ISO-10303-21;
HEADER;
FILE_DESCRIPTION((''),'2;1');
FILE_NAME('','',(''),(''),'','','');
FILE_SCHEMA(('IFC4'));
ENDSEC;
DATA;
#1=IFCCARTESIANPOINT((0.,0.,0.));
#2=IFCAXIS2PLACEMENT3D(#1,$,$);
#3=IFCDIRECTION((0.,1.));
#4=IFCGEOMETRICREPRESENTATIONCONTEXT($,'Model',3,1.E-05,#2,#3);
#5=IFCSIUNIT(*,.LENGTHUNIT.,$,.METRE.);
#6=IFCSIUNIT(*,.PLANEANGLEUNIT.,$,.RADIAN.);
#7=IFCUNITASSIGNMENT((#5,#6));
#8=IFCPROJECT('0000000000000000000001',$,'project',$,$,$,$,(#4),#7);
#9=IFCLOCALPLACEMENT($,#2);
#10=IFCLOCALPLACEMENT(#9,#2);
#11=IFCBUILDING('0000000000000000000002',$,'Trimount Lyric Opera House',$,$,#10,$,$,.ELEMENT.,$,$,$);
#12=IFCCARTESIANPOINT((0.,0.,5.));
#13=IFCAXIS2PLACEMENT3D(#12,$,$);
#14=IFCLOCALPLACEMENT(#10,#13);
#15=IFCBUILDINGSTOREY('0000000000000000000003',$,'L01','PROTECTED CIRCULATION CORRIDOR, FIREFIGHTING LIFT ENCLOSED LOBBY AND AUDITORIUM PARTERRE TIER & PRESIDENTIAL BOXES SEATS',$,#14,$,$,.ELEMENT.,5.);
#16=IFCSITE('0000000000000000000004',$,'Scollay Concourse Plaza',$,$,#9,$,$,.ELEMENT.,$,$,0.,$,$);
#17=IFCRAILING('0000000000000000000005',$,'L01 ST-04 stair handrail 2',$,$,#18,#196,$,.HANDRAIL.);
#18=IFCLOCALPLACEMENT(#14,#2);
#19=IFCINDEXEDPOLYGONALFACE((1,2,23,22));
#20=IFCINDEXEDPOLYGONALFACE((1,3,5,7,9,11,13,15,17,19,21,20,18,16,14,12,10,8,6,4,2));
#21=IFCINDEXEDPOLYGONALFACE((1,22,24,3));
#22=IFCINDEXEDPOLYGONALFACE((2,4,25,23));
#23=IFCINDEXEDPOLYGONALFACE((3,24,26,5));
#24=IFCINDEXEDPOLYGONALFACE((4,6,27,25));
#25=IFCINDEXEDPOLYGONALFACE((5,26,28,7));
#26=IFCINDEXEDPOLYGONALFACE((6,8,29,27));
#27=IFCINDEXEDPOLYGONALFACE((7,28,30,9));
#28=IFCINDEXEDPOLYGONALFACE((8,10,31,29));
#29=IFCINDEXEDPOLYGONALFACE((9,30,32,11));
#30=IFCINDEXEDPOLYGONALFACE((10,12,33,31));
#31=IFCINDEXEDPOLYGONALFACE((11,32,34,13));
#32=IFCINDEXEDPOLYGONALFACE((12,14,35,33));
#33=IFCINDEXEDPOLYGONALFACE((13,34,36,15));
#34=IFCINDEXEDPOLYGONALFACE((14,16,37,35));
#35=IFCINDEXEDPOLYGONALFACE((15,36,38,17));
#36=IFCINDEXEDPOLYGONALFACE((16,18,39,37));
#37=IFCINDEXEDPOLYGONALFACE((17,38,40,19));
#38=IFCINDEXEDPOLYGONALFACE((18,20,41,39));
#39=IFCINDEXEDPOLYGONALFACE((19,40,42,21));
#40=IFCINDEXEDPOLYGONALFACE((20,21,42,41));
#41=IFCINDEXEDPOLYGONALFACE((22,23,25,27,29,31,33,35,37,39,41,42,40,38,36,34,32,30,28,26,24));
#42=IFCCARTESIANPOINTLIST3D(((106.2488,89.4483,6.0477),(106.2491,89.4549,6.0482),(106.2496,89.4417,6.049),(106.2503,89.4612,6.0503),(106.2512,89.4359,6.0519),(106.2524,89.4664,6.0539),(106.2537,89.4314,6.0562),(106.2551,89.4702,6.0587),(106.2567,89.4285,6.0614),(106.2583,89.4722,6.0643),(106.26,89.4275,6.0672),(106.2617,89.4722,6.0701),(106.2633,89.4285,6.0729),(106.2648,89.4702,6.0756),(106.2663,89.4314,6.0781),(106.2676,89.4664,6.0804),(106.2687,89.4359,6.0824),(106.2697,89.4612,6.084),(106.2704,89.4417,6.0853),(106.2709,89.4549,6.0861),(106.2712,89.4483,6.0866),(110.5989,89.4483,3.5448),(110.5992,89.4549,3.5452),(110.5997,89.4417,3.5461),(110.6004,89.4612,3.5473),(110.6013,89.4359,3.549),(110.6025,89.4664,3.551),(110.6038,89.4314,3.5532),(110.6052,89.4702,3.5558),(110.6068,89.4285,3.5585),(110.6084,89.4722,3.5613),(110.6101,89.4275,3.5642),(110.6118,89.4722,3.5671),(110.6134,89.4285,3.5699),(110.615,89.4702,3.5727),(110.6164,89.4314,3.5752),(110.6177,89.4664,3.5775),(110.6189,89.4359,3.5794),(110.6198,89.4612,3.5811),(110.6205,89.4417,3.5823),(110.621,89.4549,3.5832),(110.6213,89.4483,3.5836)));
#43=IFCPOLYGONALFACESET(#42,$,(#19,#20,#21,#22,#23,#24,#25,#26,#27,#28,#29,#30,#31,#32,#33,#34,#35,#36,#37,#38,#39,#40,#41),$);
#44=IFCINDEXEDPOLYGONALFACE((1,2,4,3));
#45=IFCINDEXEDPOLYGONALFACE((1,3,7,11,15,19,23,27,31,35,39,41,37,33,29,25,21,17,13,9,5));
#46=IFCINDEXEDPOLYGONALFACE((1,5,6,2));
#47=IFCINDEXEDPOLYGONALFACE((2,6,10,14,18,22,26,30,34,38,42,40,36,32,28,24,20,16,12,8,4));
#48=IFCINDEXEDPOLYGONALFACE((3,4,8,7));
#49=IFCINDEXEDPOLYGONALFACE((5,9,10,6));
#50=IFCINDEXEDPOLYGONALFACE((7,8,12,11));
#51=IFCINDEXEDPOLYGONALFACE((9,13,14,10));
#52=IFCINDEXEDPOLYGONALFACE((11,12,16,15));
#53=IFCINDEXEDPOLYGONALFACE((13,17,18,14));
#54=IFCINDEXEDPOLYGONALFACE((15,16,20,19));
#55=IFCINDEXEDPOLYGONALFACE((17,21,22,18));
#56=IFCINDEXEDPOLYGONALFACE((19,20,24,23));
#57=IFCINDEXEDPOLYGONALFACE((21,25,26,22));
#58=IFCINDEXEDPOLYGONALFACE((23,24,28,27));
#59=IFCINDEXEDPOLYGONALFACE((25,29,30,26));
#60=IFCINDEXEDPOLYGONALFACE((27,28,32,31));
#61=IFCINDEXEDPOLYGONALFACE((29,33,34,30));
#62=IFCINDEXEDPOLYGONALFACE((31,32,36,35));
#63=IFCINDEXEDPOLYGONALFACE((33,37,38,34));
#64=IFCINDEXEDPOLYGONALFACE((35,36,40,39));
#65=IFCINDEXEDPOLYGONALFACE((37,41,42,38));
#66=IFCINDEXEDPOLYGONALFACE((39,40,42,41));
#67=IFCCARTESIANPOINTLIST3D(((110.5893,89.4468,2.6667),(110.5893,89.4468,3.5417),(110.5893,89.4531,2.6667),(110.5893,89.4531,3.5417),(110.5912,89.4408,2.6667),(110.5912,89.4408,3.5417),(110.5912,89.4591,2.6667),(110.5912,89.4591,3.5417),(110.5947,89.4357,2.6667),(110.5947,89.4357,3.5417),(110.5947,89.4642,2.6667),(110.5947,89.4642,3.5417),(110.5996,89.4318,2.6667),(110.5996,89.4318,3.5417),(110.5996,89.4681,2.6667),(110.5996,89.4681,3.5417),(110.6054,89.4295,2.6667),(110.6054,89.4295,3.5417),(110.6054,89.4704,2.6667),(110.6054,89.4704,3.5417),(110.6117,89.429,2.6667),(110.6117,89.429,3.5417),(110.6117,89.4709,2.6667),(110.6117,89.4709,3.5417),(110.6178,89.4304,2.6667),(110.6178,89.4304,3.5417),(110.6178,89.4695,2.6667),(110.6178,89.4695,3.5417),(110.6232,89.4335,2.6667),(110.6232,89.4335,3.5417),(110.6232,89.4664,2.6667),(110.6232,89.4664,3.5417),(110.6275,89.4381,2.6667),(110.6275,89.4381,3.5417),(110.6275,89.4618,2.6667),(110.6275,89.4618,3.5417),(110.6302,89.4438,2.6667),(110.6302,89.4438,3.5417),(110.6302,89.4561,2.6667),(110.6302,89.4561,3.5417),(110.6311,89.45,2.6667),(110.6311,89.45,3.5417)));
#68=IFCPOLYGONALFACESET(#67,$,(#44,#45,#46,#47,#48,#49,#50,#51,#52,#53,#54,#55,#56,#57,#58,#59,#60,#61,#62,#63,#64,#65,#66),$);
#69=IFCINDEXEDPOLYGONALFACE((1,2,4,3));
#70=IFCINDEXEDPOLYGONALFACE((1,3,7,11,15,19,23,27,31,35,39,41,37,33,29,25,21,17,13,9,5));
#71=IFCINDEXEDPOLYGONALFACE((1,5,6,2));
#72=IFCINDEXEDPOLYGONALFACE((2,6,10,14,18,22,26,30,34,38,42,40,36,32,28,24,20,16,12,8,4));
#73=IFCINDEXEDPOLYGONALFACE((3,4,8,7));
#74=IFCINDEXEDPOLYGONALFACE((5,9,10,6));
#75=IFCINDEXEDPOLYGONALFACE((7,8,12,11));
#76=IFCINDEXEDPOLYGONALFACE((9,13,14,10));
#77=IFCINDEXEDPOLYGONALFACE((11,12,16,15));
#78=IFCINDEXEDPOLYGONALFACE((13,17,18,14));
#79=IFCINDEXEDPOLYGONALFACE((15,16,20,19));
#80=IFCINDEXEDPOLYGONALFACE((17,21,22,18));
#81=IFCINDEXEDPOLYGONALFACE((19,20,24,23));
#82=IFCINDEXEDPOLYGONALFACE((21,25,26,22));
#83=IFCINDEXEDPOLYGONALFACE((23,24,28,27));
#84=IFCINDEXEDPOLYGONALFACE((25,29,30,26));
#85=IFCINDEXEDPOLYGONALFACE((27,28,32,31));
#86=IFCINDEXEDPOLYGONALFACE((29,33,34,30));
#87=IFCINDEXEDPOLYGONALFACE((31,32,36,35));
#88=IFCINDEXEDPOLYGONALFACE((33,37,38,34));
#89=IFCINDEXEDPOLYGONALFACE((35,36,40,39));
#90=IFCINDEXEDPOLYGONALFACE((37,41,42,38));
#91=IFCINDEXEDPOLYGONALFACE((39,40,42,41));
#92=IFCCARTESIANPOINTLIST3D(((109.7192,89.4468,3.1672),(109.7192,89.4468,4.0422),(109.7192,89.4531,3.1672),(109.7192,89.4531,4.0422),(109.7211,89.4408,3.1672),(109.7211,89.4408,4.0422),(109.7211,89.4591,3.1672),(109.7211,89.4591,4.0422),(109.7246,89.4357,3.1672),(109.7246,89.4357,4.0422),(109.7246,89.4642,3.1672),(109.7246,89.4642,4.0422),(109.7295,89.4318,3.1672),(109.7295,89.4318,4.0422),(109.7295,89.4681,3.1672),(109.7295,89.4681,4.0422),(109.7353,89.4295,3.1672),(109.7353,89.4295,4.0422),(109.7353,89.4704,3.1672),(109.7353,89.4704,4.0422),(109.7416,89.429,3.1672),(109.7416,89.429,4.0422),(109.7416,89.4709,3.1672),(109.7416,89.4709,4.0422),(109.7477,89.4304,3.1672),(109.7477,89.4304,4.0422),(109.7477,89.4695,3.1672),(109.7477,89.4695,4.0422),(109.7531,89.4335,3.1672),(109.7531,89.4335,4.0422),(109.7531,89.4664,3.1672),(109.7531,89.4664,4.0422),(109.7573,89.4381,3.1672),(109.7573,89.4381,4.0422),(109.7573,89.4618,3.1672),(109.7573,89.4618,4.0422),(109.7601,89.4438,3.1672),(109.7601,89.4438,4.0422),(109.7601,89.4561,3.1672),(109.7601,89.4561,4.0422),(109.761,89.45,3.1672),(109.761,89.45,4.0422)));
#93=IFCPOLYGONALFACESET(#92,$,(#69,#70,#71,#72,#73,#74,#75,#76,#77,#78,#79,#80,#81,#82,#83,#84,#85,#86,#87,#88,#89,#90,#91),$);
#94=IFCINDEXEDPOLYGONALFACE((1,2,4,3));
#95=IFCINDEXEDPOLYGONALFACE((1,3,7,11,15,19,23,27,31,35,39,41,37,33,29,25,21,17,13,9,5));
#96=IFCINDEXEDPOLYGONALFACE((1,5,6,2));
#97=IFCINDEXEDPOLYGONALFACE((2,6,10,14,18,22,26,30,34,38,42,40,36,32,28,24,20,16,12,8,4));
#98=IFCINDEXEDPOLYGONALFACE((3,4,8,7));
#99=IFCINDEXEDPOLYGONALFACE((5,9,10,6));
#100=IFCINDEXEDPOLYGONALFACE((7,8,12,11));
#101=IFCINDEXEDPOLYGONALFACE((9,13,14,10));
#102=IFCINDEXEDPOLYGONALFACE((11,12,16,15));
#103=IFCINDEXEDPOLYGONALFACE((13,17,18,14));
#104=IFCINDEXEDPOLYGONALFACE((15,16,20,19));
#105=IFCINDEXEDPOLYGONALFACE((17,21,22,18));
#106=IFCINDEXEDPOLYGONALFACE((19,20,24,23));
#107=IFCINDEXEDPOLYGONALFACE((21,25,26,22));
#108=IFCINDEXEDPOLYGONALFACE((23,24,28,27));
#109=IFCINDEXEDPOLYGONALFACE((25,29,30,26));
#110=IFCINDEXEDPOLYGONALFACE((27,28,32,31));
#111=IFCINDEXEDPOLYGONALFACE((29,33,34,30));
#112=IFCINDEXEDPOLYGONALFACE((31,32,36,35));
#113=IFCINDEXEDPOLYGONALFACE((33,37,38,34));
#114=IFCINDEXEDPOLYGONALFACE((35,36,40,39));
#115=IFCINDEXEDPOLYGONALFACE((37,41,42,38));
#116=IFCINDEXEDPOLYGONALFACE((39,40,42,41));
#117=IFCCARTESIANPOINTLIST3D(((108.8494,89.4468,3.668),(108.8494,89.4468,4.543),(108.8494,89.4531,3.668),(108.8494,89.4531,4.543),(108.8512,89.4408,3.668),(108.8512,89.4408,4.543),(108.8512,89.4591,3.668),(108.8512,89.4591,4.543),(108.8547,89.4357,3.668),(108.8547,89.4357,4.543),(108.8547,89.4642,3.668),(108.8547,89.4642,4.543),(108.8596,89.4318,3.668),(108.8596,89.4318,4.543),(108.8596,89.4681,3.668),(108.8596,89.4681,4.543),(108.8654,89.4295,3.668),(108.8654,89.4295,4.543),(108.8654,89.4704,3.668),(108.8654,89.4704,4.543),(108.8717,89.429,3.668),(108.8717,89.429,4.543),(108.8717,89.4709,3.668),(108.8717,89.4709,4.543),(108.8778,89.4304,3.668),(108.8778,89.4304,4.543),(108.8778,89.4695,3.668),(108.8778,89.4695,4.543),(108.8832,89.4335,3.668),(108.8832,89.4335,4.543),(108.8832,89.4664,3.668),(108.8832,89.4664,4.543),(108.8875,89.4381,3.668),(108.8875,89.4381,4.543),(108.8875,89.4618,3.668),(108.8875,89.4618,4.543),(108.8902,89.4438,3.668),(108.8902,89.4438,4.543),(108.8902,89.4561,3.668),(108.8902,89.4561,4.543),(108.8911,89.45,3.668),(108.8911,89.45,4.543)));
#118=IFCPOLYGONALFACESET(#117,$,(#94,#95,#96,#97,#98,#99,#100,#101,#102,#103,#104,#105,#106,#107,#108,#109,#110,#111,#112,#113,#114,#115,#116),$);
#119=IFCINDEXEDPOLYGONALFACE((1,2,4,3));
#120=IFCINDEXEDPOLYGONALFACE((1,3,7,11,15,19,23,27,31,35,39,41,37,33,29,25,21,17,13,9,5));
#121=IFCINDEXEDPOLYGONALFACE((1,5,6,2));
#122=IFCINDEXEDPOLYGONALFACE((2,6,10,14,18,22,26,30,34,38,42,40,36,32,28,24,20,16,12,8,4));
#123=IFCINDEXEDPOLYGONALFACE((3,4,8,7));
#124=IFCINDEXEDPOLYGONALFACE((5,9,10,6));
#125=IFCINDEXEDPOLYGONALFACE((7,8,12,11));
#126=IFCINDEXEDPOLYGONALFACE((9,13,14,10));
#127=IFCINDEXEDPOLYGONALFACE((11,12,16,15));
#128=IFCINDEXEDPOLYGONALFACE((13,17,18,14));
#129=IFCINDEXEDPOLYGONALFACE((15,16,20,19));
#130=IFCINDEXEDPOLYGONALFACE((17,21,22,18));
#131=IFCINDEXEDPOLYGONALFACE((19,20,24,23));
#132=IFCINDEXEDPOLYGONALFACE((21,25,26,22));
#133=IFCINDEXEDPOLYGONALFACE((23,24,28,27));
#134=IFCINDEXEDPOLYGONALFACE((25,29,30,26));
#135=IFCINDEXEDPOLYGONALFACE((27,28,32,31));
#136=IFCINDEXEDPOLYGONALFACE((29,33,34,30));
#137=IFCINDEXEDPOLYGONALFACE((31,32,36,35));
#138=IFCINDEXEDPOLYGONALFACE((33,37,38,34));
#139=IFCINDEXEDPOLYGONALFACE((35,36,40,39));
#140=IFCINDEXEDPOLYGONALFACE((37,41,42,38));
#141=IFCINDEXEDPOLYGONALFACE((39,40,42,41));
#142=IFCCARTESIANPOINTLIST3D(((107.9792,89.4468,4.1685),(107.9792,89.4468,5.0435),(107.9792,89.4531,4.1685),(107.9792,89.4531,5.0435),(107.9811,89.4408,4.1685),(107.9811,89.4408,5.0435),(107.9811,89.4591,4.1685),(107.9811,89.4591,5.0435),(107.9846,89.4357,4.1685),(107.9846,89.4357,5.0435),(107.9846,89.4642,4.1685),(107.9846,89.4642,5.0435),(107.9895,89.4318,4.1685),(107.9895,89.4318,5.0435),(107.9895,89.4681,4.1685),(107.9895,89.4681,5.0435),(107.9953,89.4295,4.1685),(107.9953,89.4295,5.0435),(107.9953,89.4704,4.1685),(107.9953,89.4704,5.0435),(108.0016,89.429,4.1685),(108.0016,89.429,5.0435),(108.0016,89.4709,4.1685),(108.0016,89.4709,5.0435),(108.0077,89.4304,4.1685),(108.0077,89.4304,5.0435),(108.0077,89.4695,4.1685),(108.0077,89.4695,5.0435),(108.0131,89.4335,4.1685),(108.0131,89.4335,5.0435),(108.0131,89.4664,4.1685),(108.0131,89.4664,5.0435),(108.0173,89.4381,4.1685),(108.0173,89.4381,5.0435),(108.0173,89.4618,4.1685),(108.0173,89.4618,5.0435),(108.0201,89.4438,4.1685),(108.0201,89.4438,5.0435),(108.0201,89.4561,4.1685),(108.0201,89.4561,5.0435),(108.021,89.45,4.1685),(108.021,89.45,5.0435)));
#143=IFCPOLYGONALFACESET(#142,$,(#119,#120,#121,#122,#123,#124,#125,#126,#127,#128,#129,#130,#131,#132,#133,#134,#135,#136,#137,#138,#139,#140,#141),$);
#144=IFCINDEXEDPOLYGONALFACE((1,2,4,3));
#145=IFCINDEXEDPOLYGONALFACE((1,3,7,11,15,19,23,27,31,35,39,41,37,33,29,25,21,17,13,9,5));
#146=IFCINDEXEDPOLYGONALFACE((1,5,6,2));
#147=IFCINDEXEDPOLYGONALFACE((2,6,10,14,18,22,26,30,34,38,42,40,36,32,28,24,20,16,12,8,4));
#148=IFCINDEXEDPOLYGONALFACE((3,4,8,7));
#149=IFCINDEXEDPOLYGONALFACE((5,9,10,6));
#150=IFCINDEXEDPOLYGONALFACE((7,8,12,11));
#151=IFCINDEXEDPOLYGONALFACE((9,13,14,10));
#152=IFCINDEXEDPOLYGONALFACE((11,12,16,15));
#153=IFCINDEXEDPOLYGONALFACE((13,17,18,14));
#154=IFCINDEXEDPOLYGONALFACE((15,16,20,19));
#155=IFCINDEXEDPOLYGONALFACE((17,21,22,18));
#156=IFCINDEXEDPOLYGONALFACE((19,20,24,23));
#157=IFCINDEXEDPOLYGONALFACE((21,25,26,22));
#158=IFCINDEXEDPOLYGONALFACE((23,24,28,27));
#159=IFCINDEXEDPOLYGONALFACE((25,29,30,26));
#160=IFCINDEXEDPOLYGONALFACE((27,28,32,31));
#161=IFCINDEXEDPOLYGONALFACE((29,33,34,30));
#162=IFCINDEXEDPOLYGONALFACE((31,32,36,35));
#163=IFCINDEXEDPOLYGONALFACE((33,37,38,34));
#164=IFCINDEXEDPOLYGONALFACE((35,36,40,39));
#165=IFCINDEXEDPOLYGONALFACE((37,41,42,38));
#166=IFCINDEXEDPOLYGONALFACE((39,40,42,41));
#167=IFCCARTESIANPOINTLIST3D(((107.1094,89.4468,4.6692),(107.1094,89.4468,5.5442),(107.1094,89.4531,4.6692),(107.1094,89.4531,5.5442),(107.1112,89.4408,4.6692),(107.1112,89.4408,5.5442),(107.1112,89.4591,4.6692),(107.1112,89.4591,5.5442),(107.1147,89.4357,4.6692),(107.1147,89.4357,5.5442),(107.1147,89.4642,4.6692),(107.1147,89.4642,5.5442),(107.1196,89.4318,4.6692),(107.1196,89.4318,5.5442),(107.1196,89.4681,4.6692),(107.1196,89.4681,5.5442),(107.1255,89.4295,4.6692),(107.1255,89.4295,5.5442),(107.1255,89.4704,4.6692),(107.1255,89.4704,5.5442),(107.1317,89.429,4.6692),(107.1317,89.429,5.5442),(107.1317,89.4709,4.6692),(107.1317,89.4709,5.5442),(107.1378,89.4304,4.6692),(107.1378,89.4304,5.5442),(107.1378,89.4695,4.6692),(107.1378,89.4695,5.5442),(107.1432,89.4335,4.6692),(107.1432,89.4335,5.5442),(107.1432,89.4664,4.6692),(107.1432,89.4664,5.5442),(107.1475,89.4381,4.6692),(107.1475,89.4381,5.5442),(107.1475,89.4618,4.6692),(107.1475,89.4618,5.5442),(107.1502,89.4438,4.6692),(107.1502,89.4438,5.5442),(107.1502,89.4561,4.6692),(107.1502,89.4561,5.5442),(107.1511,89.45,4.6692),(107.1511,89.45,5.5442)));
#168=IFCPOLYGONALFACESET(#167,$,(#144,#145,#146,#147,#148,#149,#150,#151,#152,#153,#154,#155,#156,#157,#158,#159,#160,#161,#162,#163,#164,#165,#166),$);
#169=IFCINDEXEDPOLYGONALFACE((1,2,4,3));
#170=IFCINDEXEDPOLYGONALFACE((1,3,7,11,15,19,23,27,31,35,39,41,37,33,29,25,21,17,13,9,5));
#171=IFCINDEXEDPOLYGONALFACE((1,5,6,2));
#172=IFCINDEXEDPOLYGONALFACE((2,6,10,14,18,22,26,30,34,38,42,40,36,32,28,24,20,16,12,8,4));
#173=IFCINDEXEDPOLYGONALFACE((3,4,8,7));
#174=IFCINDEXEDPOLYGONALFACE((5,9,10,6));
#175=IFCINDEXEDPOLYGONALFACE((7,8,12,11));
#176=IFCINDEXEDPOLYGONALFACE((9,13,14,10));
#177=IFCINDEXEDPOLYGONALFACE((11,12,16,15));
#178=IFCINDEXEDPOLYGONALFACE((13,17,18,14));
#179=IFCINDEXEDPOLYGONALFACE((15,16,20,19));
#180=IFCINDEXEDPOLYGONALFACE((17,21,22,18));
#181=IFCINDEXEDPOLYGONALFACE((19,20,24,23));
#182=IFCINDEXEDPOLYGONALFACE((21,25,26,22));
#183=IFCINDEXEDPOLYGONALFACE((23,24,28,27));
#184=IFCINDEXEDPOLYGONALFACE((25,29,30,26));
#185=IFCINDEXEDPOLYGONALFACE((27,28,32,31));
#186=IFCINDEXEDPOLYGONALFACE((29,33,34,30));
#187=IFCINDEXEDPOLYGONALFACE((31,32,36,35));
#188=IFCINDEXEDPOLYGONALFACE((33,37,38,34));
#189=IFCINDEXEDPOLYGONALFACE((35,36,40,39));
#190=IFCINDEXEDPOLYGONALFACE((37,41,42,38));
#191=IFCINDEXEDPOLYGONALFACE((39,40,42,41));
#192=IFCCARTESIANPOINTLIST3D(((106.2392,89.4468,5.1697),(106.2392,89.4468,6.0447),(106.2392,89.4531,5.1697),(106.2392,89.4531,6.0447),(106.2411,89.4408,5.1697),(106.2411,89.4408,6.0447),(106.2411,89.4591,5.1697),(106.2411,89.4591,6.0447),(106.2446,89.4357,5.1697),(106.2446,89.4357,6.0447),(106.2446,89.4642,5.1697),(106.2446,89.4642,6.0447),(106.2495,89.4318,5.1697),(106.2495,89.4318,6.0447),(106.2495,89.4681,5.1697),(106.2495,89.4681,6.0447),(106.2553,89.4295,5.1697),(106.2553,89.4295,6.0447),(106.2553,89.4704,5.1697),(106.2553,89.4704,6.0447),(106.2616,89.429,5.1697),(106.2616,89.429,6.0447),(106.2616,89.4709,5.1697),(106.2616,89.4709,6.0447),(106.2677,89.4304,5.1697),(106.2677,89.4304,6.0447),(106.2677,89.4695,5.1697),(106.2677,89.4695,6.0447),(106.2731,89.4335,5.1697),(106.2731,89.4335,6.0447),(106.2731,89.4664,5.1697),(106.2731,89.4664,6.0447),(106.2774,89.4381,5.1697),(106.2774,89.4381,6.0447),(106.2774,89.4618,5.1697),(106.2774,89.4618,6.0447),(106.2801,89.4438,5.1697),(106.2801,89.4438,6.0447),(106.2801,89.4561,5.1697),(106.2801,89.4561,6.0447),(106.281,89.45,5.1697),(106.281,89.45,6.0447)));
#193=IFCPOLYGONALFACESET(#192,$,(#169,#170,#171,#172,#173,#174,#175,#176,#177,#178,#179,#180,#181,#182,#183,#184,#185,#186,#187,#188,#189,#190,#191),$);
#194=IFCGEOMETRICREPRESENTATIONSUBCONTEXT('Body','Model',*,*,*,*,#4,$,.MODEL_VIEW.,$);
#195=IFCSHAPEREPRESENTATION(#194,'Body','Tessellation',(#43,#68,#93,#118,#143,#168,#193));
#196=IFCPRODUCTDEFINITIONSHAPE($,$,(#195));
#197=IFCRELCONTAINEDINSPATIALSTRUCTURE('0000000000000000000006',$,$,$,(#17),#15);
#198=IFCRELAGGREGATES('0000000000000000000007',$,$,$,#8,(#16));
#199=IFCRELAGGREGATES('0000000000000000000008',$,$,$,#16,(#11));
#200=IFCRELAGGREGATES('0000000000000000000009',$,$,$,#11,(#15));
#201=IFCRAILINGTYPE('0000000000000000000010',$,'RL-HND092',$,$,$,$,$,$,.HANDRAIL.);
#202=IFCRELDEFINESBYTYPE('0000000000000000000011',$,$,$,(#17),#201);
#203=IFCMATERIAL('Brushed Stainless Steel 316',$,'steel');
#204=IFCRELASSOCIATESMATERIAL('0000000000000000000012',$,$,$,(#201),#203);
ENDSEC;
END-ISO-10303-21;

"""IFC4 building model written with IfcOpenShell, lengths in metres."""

from ifc_helpers import new_model, si_unit, direction, frame, origin, origin_2d, place, context, subcontext, project, spatial, circle, extrude, material, type_object, element, save


model = new_model("IFC4")

# Units and contexts
model_context = context("Model", 3, precision=1e-05, world=origin(), true_north=direction((0.0, 1.0)))
body_context = subcontext(model_context, "Body", "Model", "MODEL_VIEW")
ifc_project = project(units=[si_unit("LENGTHUNIT", "METRE"), si_unit("PLANEANGLEUNIT", "RADIAN")], contexts=[model_context])

# Site, building, storey
site_placement = place(None, origin())
site = spatial("IfcSite", under=ifc_project, at=site_placement, Name="Scollay Concourse Plaza", CompositionType="ELEMENT", RefElevation=0.0)
building_placement = place(site_placement, origin())
building = spatial("IfcBuilding", under=site, at=building_placement, Name="Trimount Lyric Opera House", CompositionType="ELEMENT")
storey_placement = place(building_placement, frame((0.0, 0.0, 5.0)))
storey = spatial("IfcBuildingStorey", under=building, at=storey_placement, Name="L01", Description="PROTECTED CIRCULATION CORRIDOR, FIREFIGHTING LIFT ENCLOSED LOBBY AND AUDITORIUM PARTERRE TIER & PRESIDENTIAL BOXES SEATS", CompositionType="ELEMENT", Elevation=5.0)

# Railing
ifc_material_1 = material(Name="Brushed Stainless Steel 316", Category="steel")
railing_type_1 = type_object("IfcRailingType", Name="RL-HND092", PredefinedType="HANDRAIL", material=ifc_material_1)
railing_1_placement = place(storey_placement, frame((110.6101, 89.45, 2.6667)))
element("IfcRailing", 1, at=railing_1_placement, inside=storey, type_object=railing_type_1, Name="L01 ST-04 stair handrail 2", PredefinedType="HANDRAIL", context=body_context, shape_type="SweptSolid", body=[
    extrude(circle(Radius=0.0225, at=origin_2d()), frame((0.0, 0.0, 0.8975), z_axis=(-0.866766, 0.0, 0.498714), x_axis=(0.0, -1.0, 0.0)), (0.0, 0.0, 1.0), 5.0188),
    extrude(circle(Radius=0.021, at=origin_2d()), origin(), (0.0, 0.0, 1.0), 0.875),
    extrude(circle(Radius=0.021, at=origin_2d()), frame((-0.8701, 0.0, 0.5005)), (0.0, 0.0, 1.0), 0.875),
    extrude(circle(Radius=0.021, at=origin_2d()), frame((-1.74, 0.0, 1.0012)), (0.0, 0.0, 1.0), 0.875),
    extrude(circle(Radius=0.021, at=origin_2d()), frame((-2.6101, 0.0, 1.5017)), (0.0, 0.0, 1.0), 0.875),
    extrude(circle(Radius=0.021, at=origin_2d()), frame((-3.48, 0.0, 2.0024)), (0.0, 0.0, 1.0), 0.875),
    extrude(circle(Radius=0.021, at=origin_2d()), frame((-4.3501, 0.0, 2.5029)), (0.0, 0.0, 1.0), 0.875),
])

save(model, "model.ifc")
